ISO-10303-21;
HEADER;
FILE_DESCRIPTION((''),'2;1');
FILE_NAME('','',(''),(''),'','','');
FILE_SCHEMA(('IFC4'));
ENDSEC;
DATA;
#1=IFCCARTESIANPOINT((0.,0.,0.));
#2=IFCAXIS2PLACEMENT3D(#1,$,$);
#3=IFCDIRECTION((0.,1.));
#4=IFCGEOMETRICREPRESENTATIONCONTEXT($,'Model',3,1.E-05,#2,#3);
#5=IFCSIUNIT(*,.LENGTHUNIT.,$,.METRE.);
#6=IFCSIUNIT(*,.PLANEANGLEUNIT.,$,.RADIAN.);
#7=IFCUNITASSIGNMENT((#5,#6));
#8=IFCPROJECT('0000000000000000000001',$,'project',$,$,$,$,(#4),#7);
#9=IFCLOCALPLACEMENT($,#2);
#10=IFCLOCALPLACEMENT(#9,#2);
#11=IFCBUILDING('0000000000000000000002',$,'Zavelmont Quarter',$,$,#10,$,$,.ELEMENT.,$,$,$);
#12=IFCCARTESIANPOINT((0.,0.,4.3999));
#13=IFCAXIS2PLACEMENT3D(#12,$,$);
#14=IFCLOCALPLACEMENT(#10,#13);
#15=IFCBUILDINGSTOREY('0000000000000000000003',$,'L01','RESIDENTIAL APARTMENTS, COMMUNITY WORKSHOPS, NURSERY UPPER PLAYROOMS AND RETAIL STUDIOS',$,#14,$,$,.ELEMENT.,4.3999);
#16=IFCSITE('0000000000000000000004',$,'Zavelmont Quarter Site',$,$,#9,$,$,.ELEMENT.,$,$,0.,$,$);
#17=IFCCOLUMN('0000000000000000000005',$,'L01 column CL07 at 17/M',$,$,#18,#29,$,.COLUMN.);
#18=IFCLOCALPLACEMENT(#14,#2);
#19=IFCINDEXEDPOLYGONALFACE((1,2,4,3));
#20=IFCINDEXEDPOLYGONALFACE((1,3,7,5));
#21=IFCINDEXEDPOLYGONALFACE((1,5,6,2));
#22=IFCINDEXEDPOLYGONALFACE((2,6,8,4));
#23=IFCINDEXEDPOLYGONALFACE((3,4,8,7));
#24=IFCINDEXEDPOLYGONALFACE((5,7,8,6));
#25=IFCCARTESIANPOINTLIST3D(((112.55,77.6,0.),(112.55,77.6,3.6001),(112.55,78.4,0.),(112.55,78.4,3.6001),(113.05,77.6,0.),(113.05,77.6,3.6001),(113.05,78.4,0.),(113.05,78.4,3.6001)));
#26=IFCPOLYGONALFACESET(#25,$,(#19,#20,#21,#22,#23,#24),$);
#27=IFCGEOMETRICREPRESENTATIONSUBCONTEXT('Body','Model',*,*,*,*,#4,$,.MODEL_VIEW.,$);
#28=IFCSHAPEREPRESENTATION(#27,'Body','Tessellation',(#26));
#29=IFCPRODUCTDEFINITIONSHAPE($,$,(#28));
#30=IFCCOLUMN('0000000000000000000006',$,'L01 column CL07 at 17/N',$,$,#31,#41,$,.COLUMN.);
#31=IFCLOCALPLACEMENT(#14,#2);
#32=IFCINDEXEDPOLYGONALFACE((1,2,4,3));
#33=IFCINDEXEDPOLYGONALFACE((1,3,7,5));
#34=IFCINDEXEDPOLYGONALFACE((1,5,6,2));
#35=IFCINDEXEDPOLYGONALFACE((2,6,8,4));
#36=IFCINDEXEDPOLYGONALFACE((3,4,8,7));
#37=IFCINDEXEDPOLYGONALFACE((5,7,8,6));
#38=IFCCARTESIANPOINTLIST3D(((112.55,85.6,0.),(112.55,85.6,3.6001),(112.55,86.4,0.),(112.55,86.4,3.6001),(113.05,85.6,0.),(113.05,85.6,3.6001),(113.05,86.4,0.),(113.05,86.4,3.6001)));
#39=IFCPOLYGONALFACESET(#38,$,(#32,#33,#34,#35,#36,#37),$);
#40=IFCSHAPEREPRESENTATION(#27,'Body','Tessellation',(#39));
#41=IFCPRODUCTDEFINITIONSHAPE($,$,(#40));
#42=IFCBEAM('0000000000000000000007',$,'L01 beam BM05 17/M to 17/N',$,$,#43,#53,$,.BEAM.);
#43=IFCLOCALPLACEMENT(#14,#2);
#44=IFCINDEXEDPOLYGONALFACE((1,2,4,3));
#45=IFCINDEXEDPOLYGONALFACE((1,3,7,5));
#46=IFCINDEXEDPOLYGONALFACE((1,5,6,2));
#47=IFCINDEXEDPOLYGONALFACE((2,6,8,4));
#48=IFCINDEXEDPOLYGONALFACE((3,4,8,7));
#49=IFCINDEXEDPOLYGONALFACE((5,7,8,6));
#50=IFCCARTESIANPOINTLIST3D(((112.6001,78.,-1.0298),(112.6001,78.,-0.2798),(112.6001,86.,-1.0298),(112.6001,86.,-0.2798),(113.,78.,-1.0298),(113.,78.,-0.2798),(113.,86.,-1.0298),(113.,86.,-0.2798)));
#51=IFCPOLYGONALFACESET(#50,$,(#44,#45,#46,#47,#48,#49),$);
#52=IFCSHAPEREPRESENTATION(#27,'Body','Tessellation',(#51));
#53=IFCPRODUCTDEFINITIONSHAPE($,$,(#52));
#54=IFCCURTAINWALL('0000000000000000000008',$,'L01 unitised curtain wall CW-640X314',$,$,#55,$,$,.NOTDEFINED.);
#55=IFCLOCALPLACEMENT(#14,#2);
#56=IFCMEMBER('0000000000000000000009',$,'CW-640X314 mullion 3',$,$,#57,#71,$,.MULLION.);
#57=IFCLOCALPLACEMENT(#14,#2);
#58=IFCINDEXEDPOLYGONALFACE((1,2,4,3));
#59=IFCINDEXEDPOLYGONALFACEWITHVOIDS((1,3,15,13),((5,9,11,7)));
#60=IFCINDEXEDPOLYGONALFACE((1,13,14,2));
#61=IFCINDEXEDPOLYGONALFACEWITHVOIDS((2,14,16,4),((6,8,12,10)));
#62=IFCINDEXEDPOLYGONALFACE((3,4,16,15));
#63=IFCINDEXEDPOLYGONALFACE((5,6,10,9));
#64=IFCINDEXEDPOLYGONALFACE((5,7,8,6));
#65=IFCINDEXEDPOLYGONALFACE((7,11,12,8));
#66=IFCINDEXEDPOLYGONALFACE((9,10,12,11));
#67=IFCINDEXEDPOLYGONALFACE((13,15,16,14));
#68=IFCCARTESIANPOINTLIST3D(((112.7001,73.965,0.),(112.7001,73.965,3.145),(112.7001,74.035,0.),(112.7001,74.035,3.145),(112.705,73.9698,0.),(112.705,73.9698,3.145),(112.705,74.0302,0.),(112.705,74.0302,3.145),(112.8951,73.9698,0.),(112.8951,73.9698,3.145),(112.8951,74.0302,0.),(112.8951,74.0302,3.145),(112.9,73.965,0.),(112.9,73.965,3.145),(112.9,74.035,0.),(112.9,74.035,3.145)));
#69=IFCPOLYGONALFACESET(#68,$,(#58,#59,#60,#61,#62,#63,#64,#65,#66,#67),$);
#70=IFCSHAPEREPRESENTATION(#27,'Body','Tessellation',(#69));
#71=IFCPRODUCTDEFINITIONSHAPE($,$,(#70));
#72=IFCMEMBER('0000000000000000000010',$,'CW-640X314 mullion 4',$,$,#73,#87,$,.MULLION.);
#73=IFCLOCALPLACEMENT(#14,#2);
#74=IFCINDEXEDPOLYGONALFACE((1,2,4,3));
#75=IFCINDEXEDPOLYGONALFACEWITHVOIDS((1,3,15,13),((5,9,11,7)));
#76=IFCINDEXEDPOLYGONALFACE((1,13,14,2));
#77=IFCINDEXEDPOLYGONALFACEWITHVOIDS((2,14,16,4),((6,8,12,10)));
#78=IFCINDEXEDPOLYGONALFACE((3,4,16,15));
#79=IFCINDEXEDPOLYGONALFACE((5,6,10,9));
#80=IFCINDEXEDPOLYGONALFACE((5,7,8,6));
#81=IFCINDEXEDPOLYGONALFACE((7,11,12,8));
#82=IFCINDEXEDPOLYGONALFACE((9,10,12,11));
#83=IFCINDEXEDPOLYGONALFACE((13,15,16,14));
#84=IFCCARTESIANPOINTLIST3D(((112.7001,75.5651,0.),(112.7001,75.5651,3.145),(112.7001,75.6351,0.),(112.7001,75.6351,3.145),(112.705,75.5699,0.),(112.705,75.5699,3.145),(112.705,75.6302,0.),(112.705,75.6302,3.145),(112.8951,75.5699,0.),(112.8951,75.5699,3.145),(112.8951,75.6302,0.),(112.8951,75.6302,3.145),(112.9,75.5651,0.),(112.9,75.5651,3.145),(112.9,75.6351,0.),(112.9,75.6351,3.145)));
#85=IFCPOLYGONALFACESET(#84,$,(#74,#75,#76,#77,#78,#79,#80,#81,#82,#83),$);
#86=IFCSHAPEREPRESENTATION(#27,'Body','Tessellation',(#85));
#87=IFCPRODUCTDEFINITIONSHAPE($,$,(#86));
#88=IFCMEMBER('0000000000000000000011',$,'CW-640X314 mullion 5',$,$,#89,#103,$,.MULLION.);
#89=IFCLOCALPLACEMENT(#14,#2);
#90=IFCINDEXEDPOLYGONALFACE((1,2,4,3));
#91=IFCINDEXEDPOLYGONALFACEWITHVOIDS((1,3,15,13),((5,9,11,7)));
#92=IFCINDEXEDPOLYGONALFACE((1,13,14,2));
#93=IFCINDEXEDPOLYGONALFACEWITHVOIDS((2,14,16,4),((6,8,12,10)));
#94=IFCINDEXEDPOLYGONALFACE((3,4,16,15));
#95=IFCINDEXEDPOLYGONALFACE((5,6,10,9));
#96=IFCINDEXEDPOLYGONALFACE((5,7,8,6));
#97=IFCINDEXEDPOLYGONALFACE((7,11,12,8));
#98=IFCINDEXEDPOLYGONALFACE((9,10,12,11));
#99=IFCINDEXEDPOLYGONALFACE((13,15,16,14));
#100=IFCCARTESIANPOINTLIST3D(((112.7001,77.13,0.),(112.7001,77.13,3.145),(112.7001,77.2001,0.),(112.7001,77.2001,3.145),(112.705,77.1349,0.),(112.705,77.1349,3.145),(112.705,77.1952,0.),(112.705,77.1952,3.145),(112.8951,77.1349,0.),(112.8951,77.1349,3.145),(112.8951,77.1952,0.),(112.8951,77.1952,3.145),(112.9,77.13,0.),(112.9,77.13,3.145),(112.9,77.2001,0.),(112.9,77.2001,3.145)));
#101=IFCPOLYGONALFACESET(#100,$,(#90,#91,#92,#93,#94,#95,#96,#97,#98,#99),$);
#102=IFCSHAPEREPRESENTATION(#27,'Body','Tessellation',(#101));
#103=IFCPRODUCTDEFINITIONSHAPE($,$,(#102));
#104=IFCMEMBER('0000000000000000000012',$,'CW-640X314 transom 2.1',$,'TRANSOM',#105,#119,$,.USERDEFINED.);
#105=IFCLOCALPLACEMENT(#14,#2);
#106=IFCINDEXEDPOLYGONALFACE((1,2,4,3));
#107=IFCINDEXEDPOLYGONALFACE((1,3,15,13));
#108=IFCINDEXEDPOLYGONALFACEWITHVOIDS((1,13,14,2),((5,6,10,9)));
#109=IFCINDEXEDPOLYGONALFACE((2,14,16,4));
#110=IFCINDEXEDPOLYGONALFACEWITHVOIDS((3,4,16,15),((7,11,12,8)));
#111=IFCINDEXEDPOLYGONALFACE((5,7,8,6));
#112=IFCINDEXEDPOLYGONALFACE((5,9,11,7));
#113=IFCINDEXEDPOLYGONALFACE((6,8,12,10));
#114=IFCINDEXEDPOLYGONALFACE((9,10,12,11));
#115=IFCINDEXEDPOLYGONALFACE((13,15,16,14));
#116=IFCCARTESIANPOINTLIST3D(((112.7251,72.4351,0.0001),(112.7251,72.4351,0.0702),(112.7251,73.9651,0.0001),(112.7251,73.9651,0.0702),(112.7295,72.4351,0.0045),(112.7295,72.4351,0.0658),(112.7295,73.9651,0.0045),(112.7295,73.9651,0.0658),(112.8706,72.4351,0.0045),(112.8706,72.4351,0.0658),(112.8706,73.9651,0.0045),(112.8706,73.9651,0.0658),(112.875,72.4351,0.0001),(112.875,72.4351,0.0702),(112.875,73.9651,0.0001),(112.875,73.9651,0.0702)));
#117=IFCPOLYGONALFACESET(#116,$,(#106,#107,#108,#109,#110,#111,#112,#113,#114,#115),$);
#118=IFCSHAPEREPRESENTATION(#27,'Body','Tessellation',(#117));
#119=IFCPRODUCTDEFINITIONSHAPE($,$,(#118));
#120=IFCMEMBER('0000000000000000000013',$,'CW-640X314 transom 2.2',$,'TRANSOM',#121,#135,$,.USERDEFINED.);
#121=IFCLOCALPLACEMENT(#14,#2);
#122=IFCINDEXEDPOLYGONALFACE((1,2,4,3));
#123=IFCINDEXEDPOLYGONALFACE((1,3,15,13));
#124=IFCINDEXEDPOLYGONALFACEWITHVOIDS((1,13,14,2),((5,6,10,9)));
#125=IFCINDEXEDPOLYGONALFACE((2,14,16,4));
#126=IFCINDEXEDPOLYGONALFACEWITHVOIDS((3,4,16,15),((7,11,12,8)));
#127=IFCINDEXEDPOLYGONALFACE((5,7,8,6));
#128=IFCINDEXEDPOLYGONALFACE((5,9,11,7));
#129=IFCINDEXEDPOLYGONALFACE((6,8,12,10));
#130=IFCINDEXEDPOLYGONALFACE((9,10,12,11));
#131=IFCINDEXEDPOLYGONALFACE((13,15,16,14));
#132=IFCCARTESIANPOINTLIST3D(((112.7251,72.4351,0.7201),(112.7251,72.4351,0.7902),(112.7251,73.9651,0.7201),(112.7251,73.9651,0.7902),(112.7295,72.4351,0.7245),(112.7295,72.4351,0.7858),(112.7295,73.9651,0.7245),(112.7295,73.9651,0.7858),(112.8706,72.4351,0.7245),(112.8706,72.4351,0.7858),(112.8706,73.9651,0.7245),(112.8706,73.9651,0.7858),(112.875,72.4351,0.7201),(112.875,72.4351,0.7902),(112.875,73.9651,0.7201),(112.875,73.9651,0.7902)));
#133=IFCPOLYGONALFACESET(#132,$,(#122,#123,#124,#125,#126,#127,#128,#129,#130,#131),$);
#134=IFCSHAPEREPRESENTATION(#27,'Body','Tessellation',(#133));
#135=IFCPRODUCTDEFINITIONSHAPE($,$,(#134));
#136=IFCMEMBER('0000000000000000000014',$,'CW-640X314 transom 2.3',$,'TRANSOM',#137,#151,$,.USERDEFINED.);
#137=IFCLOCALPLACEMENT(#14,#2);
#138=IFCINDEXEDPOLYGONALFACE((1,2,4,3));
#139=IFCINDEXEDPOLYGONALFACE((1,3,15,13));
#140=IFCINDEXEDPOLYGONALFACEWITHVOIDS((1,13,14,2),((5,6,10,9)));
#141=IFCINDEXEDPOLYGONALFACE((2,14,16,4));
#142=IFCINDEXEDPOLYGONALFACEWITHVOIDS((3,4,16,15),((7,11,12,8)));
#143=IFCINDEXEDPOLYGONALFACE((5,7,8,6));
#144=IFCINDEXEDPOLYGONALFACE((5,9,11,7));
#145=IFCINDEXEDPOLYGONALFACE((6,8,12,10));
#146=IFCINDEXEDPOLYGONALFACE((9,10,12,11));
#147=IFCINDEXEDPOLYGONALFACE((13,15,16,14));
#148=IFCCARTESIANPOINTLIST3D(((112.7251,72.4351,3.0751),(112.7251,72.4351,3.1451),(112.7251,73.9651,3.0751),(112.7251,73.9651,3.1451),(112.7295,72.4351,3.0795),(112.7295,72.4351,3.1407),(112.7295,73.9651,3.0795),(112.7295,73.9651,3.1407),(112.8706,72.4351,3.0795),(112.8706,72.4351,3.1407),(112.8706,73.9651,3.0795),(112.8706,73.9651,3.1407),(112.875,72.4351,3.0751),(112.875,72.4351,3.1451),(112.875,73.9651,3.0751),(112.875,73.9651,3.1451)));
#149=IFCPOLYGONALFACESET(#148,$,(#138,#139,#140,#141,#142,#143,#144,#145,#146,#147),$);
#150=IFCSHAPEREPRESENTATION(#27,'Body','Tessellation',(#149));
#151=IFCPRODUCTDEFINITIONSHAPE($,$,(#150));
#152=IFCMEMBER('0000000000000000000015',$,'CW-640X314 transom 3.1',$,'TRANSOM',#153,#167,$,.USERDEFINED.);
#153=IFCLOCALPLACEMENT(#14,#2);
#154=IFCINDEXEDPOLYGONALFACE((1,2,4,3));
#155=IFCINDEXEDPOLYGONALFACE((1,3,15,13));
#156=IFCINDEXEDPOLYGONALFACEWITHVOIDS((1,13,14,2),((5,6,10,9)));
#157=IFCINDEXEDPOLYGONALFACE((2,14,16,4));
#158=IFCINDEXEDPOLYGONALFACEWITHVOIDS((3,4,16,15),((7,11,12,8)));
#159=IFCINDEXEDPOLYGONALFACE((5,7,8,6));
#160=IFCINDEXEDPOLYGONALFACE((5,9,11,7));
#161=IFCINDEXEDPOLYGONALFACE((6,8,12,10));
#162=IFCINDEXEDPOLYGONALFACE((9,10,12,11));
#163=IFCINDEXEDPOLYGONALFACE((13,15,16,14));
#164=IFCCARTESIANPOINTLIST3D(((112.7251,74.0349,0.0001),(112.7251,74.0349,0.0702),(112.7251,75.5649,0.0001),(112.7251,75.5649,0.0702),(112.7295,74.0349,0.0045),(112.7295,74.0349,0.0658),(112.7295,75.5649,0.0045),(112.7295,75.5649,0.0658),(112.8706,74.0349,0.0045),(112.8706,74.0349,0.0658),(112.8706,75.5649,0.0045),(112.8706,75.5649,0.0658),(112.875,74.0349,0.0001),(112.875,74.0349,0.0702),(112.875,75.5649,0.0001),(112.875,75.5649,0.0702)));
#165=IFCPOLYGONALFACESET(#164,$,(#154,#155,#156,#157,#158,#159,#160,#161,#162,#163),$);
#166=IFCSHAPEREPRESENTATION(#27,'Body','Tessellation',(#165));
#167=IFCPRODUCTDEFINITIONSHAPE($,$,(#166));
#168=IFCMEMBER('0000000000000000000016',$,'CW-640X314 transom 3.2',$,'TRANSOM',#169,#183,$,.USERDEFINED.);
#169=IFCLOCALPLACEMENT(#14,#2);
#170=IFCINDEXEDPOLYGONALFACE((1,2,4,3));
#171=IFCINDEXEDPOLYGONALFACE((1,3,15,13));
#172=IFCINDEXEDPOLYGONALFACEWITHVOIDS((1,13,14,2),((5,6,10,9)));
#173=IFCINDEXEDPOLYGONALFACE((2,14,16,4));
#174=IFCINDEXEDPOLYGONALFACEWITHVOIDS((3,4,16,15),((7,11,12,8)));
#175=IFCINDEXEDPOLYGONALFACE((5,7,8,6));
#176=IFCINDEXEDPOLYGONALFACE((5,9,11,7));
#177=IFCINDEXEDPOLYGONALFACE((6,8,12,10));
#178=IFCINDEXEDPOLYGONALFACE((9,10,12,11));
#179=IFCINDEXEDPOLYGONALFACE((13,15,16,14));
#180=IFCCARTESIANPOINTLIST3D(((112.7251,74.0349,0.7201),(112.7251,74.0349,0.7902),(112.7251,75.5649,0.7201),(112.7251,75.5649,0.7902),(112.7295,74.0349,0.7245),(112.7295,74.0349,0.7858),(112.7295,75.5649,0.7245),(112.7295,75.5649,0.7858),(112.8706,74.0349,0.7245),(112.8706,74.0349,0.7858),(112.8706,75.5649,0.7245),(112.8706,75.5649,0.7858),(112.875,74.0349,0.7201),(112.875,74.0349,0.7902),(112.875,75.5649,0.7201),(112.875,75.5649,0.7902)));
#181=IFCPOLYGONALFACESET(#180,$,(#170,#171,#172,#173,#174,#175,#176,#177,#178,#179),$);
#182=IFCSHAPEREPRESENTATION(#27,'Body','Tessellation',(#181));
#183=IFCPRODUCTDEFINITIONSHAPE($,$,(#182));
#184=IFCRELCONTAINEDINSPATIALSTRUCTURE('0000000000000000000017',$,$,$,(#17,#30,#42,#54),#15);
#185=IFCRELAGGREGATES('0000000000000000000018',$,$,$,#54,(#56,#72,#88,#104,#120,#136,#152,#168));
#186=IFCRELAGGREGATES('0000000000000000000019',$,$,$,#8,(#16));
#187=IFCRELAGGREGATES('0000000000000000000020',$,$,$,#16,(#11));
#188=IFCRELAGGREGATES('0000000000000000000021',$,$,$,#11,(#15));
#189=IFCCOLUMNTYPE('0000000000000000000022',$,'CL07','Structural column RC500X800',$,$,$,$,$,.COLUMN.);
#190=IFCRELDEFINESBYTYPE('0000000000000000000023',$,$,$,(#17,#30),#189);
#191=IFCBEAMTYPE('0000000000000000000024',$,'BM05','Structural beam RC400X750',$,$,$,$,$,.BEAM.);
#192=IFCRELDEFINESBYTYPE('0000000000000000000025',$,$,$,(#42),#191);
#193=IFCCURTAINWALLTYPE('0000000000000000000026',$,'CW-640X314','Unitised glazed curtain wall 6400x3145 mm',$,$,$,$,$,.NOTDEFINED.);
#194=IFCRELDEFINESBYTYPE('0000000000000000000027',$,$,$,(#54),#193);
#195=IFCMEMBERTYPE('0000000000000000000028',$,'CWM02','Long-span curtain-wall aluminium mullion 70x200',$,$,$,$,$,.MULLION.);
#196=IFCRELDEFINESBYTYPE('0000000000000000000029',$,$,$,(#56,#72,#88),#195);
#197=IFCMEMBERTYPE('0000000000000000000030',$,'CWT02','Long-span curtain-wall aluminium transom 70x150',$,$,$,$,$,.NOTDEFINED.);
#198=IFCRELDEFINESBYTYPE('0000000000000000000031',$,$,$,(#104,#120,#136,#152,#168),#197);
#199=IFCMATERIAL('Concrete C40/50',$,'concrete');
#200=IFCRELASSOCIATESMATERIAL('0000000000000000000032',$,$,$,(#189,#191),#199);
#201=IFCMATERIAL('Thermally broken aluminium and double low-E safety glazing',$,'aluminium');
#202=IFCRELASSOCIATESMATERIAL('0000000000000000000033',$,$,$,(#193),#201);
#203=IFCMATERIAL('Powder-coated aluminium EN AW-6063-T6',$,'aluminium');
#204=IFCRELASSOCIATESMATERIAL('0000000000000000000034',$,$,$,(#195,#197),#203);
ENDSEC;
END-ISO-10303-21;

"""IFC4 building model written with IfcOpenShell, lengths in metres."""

from ifc_helpers import new_model, si_unit, direction, frame, origin, origin_2d, place, context, subcontext, project, spatial, rectangle, hollow_rectangle, extrude, material, material_profile, profile_set, type_object, element, aggregate, save


model = new_model("IFC4")

# Units and contexts
model_context = context("Model", 3, precision=1e-05, world=origin(), true_north=direction((0.0, 1.0)))
body_context = subcontext(model_context, "Body", "Model", "MODEL_VIEW")
ifc_project = project(units=[si_unit("LENGTHUNIT", "METRE"), si_unit("PLANEANGLEUNIT", "RADIAN")], contexts=[model_context])

# Site, building, storey
site_placement = place(None, origin())
site = spatial("IfcSite", under=ifc_project, at=site_placement, Name="Zavelmont Quarter Site", CompositionType="ELEMENT", RefElevation=0.0)
building_placement = place(site_placement, origin())
building = spatial("IfcBuilding", under=site, at=building_placement, Name="Zavelmont Quarter", CompositionType="ELEMENT")
storey_placement = place(building_placement, frame((0.0, 0.0, 4.3999)))
storey = spatial("IfcBuildingStorey", under=building, at=storey_placement, Name="L01", Description="RESIDENTIAL APARTMENTS, COMMUNITY WORKSHOPS, NURSERY UPPER PLAYROOMS AND RETAIL STUDIOS", CompositionType="ELEMENT", Elevation=4.3999)

# Columns
ifc_material_1 = material(Name="Concrete C40/50", Category="concrete")
ifc_material_profile_1 = material_profile(ifc_material_1, rectangle(XDim=0.5, YDim=0.8, at=origin_2d()), Name="RC500X800")
ifc_profile_set_1 = profile_set([ifc_material_profile_1], Name="Concrete C40/50")
column_type = type_object("IfcColumnType", Name="CL07", Description="Structural column RC500X800", PredefinedType="COLUMN", material=ifc_profile_set_1)
for number, where, z_axis, x_axis, name in (
    (1, (112.8, 78.0, 0.0), (0.0, 0.0, 1.0), (1.0, 0.0, 0.0), "L01 column CL07 at 17/M"),
    (2, (112.8, 86.0, 0.0), (0.0, 0.0, 1.0), (1.0, 0.0, 0.0), "L01 column CL07 at 17/N"),
):
    element("IfcColumn", number, at=place(storey_placement, frame(where, z_axis=z_axis, x_axis=x_axis)), inside=storey, type_object=column_type, Name=name, PredefinedType="COLUMN", context=body_context, shape_type="SweptSolid", body=[
        extrude(rectangle(XDim=0.5, YDim=0.8, at=origin_2d()), origin(), (0.0, 0.0, 1.0), 3.6001),
    ])

# Beam
ifc_material_profile_2 = material_profile(ifc_material_1, rectangle(XDim=0.3999, YDim=0.75, at=origin_2d()), Name="RC400X750")
ifc_profile_set_2 = profile_set([ifc_material_profile_2], Name="Concrete C40/50")
beam_type = type_object("IfcBeamType", Name="BM05", Description="Structural beam RC400X750", PredefinedType="BEAM", material=ifc_profile_set_2)
beam_placement = place(storey_placement, frame((112.8, 78.0, -0.6548), z_axis=(0.0, 1.0, 0.0), x_axis=(-1.0, 0.0, 0.0)))
element("IfcBeam", 3, at=beam_placement, inside=storey, type_object=beam_type, Name="L01 beam BM05 17/M to 17/N", PredefinedType="BEAM", context=body_context, shape_type="SweptSolid", body=[
    extrude(rectangle(XDim=0.3999, YDim=0.75, at=origin_2d()), origin(), (0.0, 0.0, 1.0), 8.0),
])

# Curtain wall, members
ifc_material_2 = material(Name="Thermally broken aluminium and double low-E safety glazing", Category="aluminium")
curtain_wall_type = type_object("IfcCurtainWallType", Name="CW-640X314", Description="Unitised glazed curtain wall 6400x3145 mm", PredefinedType="NOTDEFINED", material=ifc_material_2)
curtain_wall_placement = place(storey_placement, origin())
curtain_wall = element("IfcCurtainWall", 4, at=curtain_wall_placement, inside=storey, type_object=curtain_wall_type, Name="L01 unitised curtain wall CW-640X314", PredefinedType="NOTDEFINED")
ifc_material_3 = material(Name="Powder-coated aluminium EN AW-6063-T6", Category="aluminium")
ifc_material_profile_3 = material_profile(ifc_material_3, hollow_rectangle(XDim=0.0701, YDim=0.2, WallThickness=0.0049, at=origin_2d()), Name="CWM70X200")
ifc_profile_set_3 = profile_set([ifc_material_profile_3], Name="Powder-coated aluminium EN AW-6063-T6")
member_type_1 = type_object("IfcMemberType", Name="CWM02", Description="Long-span curtain-wall aluminium mullion 70x200", PredefinedType="MULLION", material=ifc_profile_set_3)
member_1_placement = place(storey_placement, frame((112.8, 74.0, 0.0), z_axis=(0.0, 0.0, 1.0), x_axis=(0.0, 1.0, 0.0)))
member_1 = element("IfcMember", 5, at=member_1_placement, type_object=member_type_1, Name="CW-640X314 mullion 3", PredefinedType="MULLION", context=body_context, shape_type="SweptSolid", body=[
    extrude(hollow_rectangle(XDim=0.0701, YDim=0.2, WallThickness=0.0049, at=origin_2d()), origin(), (0.0, 0.0, 1.0), 3.145),
])
member_2_placement = place(storey_placement, frame((112.8, 75.6001, 0.0), z_axis=(0.0, 0.0, 1.0), x_axis=(0.0, 1.0, 0.0)))
member_2 = element("IfcMember", 6, at=member_2_placement, type_object=member_type_1, Name="CW-640X314 mullion 4", PredefinedType="MULLION", context=body_context, shape_type="SweptSolid", body=[
    extrude(hollow_rectangle(XDim=0.0701, YDim=0.2, WallThickness=0.0049, at=origin_2d()), origin(), (0.0, 0.0, 1.0), 3.145),
])
member_3_placement = place(storey_placement, frame((112.8, 77.165, 0.0), z_axis=(0.0, 0.0, 1.0), x_axis=(0.0, 1.0, 0.0)))
member_3 = element("IfcMember", 7, at=member_3_placement, type_object=member_type_1, Name="CW-640X314 mullion 5", PredefinedType="MULLION", context=body_context, shape_type="SweptSolid", body=[
    extrude(hollow_rectangle(XDim=0.0701, YDim=0.2, WallThickness=0.0049, at=origin_2d()), origin(), (0.0, 0.0, 1.0), 3.145),
])
ifc_material_profile_4 = material_profile(ifc_material_3, hollow_rectangle(XDim=0.1499, YDim=0.0701, WallThickness=0.0044, at=origin_2d()), Name="CWT70X150")
ifc_profile_set_4 = profile_set([ifc_material_profile_4], Name="Powder-coated aluminium EN AW-6063-T6")
member_type_2 = type_object("IfcMemberType", Name="CWT02", Description="Long-span curtain-wall aluminium transom 70x150", PredefinedType="NOTDEFINED", material=ifc_profile_set_4)
member_4_placement = place(storey_placement, frame((112.8, 72.4351, 0.0352), z_axis=(0.0, 1.0, 0.0), x_axis=(-1.0, 0.0, 0.0)))
member_4 = element("IfcMember", 8, at=member_4_placement, type_object=member_type_2, Name="CW-640X314 transom 2.1", ObjectType="TRANSOM", PredefinedType="USERDEFINED", context=body_context, shape_type="SweptSolid", body=[
    extrude(hollow_rectangle(XDim=0.1499, YDim=0.0701, WallThickness=0.0044, at=origin_2d()), origin(), (0.0, 0.0, 1.0), 1.53),
])
member_5_placement = place(storey_placement, frame((112.8, 72.4351, 0.7551), z_axis=(0.0, 1.0, 0.0), x_axis=(-1.0, 0.0, 0.0)))
member_5 = element("IfcMember", 9, at=member_5_placement, type_object=member_type_2, Name="CW-640X314 transom 2.2", ObjectType="TRANSOM", PredefinedType="USERDEFINED", context=body_context, shape_type="SweptSolid", body=[
    extrude(hollow_rectangle(XDim=0.1499, YDim=0.0701, WallThickness=0.0044, at=origin_2d()), origin(), (0.0, 0.0, 1.0), 1.53),
])
member_6_placement = place(storey_placement, frame((112.8, 72.4351, 3.1101), z_axis=(0.0, 1.0, 0.0), x_axis=(-1.0, 0.0, 0.0)))
member_6 = element("IfcMember", 10, at=member_6_placement, type_object=member_type_2, Name="CW-640X314 transom 2.3", ObjectType="TRANSOM", PredefinedType="USERDEFINED", context=body_context, shape_type="SweptSolid", body=[
    extrude(hollow_rectangle(XDim=0.1499, YDim=0.0701, WallThickness=0.0044, at=origin_2d()), origin(), (0.0, 0.0, 1.0), 1.53),
])
member_7_placement = place(storey_placement, frame((112.8, 74.0349, 0.0352), z_axis=(0.0, 1.0, 0.0), x_axis=(-1.0, 0.0, 0.0)))
member_7 = element("IfcMember", 11, at=member_7_placement, type_object=member_type_2, Name="CW-640X314 transom 3.1", ObjectType="TRANSOM", PredefinedType="USERDEFINED", context=body_context, shape_type="SweptSolid", body=[
    extrude(hollow_rectangle(XDim=0.1499, YDim=0.0701, WallThickness=0.0044, at=origin_2d()), origin(), (0.0, 0.0, 1.0), 1.53),
])
member_8_placement = place(storey_placement, frame((112.8, 74.0349, 0.7551), z_axis=(0.0, 1.0, 0.0), x_axis=(-1.0, 0.0, 0.0)))
member_8 = element("IfcMember", 12, at=member_8_placement, type_object=member_type_2, Name="CW-640X314 transom 3.2", ObjectType="TRANSOM", PredefinedType="USERDEFINED", context=body_context, shape_type="SweptSolid", body=[
    extrude(hollow_rectangle(XDim=0.1499, YDim=0.0701, WallThickness=0.0044, at=origin_2d()), origin(), (0.0, 0.0, 1.0), 1.53),
])
aggregate(curtain_wall, [member_1, member_2, member_3, member_4, member_5, member_6, member_7, member_8])

save(model, "model.ifc")
